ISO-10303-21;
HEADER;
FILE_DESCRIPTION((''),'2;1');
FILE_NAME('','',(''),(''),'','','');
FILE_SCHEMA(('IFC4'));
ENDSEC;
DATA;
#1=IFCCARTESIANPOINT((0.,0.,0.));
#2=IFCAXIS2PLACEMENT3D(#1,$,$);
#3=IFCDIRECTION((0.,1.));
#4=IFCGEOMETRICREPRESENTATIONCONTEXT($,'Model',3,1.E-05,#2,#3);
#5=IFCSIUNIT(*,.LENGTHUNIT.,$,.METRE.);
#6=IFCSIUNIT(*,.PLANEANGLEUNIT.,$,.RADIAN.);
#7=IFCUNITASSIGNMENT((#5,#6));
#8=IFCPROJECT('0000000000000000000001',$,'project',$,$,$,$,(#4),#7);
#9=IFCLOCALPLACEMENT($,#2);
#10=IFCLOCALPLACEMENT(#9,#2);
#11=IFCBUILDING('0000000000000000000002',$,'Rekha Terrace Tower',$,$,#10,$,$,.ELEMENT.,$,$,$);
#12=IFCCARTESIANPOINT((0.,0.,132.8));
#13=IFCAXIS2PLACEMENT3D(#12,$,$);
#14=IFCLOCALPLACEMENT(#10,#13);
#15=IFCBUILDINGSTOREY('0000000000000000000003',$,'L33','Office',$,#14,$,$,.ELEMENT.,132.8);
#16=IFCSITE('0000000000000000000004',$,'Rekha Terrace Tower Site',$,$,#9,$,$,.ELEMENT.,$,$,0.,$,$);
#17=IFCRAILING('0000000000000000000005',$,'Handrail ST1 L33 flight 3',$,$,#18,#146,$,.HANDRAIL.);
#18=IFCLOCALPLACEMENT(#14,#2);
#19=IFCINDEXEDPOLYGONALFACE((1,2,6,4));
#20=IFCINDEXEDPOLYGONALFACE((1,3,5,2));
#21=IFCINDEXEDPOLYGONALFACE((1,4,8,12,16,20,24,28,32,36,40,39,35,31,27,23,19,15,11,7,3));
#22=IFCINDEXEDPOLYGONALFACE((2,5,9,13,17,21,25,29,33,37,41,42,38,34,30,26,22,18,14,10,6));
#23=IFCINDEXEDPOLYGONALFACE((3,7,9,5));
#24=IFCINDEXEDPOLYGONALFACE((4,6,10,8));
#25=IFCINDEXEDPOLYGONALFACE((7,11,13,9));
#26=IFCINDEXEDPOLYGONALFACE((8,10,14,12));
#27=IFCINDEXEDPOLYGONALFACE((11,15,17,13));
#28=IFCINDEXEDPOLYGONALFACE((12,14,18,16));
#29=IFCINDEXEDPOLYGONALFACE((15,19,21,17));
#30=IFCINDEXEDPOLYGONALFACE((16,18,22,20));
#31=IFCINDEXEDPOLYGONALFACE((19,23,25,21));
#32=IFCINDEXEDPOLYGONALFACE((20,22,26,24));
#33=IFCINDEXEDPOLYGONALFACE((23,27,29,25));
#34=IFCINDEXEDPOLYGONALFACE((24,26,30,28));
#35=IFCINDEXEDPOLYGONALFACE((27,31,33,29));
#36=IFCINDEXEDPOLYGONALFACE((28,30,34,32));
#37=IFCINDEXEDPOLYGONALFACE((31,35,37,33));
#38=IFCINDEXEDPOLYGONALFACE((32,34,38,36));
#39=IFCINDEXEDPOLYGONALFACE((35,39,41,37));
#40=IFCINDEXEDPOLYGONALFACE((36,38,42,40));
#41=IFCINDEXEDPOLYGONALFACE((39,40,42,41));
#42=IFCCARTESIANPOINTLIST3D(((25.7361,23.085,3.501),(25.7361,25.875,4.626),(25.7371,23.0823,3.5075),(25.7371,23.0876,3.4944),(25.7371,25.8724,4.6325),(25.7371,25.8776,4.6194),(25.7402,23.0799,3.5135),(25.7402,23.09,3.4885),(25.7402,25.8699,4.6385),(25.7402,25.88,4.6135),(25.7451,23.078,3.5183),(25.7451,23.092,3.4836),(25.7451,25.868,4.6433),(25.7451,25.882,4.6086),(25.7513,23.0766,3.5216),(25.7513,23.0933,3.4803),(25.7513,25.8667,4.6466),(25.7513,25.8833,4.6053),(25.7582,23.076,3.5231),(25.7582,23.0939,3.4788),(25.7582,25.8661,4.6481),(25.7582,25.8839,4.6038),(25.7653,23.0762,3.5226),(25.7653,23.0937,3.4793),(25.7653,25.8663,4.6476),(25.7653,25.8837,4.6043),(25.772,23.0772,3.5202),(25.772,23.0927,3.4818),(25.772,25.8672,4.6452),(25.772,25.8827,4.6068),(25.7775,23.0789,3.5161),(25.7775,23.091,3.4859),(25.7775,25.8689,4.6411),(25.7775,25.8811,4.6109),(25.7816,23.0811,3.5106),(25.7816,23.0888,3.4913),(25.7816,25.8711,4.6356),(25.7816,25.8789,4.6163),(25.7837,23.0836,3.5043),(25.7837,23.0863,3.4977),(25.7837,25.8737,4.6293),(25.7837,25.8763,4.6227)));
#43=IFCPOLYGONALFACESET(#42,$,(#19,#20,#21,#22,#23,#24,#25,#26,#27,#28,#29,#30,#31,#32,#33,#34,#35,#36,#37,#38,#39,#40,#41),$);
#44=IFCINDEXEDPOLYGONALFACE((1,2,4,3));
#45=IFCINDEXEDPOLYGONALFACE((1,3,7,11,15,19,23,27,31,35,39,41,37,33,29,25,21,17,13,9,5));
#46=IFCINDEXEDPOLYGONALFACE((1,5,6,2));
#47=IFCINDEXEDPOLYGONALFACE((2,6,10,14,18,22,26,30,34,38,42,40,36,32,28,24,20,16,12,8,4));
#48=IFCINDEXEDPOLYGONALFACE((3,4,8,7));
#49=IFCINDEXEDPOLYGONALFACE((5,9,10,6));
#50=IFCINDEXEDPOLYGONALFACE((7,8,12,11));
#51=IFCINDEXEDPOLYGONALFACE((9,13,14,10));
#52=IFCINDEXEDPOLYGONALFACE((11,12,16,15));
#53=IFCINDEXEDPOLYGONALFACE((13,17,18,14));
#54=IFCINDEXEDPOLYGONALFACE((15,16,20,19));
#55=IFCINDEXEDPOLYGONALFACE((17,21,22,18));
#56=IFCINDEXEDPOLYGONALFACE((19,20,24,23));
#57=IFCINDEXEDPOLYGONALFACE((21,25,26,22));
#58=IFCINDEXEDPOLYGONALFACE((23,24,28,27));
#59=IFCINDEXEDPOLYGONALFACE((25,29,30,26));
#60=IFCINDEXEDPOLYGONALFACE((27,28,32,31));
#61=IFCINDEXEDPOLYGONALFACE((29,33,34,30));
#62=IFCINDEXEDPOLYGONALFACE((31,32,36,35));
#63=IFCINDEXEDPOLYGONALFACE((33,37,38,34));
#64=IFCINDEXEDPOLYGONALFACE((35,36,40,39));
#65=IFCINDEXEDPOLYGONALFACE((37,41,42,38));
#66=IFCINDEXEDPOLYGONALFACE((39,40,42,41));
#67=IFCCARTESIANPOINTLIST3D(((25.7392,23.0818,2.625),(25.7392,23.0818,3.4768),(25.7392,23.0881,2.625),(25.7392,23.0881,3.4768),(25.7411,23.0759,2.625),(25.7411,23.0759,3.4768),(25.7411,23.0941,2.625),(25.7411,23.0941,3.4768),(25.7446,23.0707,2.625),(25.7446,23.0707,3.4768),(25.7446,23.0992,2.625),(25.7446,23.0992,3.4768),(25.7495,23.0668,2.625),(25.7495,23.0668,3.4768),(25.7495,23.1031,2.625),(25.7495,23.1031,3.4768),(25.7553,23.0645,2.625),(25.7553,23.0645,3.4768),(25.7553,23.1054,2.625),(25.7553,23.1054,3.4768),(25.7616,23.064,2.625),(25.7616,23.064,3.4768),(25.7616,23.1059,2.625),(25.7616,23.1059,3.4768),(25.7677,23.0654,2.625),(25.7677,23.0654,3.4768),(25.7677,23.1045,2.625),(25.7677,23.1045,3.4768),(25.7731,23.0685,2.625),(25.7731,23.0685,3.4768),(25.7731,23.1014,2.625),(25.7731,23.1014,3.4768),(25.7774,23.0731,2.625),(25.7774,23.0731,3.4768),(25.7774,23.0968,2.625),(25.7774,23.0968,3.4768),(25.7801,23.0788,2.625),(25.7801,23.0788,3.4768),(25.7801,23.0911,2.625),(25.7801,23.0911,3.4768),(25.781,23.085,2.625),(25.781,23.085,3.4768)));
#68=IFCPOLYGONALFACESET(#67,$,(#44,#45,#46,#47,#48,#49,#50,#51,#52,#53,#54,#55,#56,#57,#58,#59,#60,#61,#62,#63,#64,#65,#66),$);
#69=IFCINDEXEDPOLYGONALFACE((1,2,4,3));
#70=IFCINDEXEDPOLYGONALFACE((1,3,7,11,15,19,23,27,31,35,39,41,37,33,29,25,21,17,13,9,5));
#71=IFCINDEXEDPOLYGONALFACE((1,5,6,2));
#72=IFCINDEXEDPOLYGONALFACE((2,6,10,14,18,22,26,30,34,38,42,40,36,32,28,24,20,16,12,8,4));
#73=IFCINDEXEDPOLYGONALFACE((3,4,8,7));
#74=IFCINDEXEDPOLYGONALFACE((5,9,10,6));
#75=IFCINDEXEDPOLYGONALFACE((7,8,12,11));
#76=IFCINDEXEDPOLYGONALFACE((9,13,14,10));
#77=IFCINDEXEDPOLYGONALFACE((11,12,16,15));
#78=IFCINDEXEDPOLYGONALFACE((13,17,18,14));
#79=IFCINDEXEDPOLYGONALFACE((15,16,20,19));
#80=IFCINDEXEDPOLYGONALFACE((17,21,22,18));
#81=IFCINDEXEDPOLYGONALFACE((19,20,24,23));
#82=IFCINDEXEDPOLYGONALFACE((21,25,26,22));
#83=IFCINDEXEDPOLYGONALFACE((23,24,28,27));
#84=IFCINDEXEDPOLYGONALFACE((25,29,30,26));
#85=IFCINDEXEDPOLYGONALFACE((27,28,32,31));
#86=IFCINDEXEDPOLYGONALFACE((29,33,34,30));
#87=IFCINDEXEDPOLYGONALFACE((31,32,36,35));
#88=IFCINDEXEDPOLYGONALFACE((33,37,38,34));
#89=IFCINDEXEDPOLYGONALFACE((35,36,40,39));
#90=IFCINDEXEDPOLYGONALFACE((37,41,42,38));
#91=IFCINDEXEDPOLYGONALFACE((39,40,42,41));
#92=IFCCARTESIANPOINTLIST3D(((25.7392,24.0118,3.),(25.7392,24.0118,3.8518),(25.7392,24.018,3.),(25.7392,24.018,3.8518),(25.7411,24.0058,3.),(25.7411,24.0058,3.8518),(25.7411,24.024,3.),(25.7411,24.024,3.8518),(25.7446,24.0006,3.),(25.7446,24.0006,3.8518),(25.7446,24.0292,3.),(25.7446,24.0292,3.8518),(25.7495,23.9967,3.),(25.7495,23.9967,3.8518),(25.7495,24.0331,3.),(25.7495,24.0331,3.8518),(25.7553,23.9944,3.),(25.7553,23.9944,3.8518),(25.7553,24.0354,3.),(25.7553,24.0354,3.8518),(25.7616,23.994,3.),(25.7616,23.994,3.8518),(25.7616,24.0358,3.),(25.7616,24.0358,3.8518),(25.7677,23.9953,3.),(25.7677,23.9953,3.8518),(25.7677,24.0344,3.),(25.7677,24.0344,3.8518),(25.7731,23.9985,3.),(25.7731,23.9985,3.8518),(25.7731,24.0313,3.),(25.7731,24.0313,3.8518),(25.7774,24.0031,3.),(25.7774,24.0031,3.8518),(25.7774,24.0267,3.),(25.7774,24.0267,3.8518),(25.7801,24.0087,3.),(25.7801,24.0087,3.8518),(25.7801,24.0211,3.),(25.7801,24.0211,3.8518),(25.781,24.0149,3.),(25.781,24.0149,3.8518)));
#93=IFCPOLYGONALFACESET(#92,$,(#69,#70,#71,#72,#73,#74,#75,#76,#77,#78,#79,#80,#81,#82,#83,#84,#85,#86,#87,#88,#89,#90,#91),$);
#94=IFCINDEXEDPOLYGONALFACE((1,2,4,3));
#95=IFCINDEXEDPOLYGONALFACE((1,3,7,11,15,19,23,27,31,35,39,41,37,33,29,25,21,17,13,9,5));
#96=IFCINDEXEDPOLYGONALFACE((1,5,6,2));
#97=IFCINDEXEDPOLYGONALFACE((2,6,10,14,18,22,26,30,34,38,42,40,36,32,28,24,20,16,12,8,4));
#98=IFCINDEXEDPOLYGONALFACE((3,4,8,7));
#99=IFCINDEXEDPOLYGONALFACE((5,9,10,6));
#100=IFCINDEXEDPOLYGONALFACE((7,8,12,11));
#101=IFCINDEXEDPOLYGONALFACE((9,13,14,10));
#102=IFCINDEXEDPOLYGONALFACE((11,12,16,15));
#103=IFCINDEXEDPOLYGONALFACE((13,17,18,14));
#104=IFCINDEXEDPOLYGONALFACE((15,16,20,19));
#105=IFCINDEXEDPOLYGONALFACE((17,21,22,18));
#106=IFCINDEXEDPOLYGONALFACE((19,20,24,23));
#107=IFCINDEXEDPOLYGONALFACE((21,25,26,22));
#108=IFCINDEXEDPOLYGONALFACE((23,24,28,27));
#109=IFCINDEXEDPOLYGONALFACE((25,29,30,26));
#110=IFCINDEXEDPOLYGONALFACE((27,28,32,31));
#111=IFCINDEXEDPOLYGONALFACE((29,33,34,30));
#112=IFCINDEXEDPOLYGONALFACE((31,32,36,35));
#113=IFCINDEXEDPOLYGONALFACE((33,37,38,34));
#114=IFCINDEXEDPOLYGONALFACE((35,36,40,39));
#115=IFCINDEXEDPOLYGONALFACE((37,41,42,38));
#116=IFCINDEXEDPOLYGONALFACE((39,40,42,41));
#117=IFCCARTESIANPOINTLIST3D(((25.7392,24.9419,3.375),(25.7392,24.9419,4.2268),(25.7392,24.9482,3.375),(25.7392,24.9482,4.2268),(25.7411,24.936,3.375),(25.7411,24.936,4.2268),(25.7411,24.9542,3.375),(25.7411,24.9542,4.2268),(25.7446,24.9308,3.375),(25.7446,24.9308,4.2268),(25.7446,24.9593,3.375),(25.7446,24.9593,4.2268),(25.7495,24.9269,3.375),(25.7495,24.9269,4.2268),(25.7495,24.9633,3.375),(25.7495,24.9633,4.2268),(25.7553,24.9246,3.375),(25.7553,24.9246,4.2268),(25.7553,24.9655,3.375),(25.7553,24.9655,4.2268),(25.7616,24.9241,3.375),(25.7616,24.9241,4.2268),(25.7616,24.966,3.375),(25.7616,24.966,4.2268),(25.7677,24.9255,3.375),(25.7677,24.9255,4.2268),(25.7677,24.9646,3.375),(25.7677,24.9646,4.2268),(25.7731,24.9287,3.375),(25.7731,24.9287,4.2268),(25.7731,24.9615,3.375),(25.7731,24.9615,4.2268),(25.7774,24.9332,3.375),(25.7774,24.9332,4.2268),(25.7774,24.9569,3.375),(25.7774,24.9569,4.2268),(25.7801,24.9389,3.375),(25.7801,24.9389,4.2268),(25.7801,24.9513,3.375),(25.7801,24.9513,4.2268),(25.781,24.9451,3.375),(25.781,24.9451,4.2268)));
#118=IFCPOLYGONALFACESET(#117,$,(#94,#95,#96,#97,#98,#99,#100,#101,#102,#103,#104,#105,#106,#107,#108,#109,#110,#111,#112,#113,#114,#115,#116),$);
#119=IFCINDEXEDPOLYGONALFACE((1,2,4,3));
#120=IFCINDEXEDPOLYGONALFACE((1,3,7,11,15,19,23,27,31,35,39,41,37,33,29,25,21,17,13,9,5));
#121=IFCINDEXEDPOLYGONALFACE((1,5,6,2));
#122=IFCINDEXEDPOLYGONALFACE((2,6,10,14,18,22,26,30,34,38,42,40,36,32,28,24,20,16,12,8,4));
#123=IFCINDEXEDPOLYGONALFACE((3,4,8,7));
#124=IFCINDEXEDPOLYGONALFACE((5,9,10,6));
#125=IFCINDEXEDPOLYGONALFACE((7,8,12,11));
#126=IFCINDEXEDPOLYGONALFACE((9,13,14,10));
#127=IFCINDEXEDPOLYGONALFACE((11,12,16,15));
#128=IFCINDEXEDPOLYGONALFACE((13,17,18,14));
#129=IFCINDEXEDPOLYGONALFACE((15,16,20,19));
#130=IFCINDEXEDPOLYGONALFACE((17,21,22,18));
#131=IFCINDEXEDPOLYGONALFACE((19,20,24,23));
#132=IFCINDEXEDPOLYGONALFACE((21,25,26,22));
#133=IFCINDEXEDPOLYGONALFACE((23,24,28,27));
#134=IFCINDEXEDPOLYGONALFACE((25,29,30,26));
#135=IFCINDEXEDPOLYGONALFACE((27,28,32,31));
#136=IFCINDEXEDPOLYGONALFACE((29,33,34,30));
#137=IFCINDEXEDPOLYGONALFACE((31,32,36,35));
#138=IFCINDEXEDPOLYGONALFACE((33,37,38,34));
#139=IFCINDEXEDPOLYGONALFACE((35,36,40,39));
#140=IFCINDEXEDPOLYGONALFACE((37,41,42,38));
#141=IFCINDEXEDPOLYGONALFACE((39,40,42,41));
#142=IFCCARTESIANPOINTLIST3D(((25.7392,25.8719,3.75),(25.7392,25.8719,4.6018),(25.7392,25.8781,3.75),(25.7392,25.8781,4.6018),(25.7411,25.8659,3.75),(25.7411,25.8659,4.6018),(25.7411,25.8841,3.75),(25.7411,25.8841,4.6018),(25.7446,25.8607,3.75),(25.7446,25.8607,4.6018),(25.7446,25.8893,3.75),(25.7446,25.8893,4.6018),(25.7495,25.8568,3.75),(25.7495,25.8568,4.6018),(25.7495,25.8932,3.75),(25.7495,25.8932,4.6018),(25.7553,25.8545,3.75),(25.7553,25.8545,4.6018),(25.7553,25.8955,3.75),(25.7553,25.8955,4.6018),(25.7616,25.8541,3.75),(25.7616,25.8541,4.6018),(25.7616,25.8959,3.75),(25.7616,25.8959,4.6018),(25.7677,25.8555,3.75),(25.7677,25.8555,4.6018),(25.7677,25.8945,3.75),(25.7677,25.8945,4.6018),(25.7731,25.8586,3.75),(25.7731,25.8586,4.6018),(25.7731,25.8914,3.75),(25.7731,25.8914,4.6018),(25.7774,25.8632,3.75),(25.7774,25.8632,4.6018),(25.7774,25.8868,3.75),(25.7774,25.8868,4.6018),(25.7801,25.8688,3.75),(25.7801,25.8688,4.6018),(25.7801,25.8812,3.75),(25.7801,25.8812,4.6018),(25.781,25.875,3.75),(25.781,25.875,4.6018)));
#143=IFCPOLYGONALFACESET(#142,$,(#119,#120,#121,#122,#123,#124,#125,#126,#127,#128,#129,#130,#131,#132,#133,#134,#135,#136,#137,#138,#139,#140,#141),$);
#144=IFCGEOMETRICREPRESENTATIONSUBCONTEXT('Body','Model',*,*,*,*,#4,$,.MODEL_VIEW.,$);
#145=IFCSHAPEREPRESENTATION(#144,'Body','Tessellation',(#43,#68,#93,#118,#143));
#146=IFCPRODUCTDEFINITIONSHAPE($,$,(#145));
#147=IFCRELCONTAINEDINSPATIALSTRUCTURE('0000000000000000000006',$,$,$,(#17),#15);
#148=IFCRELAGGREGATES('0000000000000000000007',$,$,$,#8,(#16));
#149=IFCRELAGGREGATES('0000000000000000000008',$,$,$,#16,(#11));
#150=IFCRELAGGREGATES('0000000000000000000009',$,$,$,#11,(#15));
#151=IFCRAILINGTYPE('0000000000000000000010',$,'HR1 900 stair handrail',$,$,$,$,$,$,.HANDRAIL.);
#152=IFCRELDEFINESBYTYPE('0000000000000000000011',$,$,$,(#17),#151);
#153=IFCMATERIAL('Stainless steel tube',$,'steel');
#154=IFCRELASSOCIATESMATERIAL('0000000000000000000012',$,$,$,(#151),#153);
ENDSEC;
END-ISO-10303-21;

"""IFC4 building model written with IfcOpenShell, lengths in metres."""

from ifc_helpers import new_model, si_unit, direction, frame, origin, origin_2d, place, context, subcontext, project, spatial, circle, extrude, material, type_object, element, save


model = new_model("IFC4")

# Units and contexts
model_context = context("Model", 3, precision=1e-05, world=origin(), true_north=direction((0.0, 1.0)))
body_context = subcontext(model_context, "Body", "Model", "MODEL_VIEW")
ifc_project = project(units=[si_unit("LENGTHUNIT", "METRE"), si_unit("PLANEANGLEUNIT", "RADIAN")], contexts=[model_context])

# Site, building, storey
site_placement = place(None, origin())
site = spatial("IfcSite", under=ifc_project, at=site_placement, Name="Rekha Terrace Tower Site", CompositionType="ELEMENT", RefElevation=0.0)
building_placement = place(site_placement, origin())
building = spatial("IfcBuilding", under=site, at=building_placement, Name="Rekha Terrace Tower", CompositionType="ELEMENT")
storey_placement = place(building_placement, frame((0.0, 0.0, 132.8)))
storey = spatial("IfcBuildingStorey", under=building, at=storey_placement, Name="L33", Description="Office", CompositionType="ELEMENT", Elevation=132.8)

# Railing
ifc_material_1 = material(Name="Stainless steel tube", Category="steel")
railing_type_1 = type_object("IfcRailingType", Name="HR1 900 stair handrail", PredefinedType="HANDRAIL", material=ifc_material_1)
railing_1_placement = place(storey_placement, frame((25.76, 23.085, 2.625)))
element("IfcRailing", 1, at=railing_1_placement, inside=storey, type_object=railing_type_1, Name="Handrail ST1 L33 flight 3", PredefinedType="HANDRAIL", context=body_context, shape_type="SweptSolid", body=[
    extrude(circle(Radius=0.0239, at=origin_2d()), frame((0.0, 0.0, 0.876), z_axis=(0.0, 0.927443, 0.373964), x_axis=(-1.0, 0.0, 0.0)), (0.0, 0.0, 1.0), 3.0083),
    extrude(circle(Radius=0.021, at=origin_2d()), origin(), (0.0, 0.0, 1.0), 0.8518),
    extrude(circle(Radius=0.021, at=origin_2d()), frame((0.0, 0.9299, 0.375)), (0.0, 0.0, 1.0), 0.8518),
    extrude(circle(Radius=0.021, at=origin_2d()), frame((0.0, 1.8601, 0.75)), (0.0, 0.0, 1.0), 0.8518),
    extrude(circle(Radius=0.021, at=origin_2d()), frame((0.0, 2.79, 1.125)), (0.0, 0.0, 1.0), 0.8518),
])

save(model, "model.ifc")
